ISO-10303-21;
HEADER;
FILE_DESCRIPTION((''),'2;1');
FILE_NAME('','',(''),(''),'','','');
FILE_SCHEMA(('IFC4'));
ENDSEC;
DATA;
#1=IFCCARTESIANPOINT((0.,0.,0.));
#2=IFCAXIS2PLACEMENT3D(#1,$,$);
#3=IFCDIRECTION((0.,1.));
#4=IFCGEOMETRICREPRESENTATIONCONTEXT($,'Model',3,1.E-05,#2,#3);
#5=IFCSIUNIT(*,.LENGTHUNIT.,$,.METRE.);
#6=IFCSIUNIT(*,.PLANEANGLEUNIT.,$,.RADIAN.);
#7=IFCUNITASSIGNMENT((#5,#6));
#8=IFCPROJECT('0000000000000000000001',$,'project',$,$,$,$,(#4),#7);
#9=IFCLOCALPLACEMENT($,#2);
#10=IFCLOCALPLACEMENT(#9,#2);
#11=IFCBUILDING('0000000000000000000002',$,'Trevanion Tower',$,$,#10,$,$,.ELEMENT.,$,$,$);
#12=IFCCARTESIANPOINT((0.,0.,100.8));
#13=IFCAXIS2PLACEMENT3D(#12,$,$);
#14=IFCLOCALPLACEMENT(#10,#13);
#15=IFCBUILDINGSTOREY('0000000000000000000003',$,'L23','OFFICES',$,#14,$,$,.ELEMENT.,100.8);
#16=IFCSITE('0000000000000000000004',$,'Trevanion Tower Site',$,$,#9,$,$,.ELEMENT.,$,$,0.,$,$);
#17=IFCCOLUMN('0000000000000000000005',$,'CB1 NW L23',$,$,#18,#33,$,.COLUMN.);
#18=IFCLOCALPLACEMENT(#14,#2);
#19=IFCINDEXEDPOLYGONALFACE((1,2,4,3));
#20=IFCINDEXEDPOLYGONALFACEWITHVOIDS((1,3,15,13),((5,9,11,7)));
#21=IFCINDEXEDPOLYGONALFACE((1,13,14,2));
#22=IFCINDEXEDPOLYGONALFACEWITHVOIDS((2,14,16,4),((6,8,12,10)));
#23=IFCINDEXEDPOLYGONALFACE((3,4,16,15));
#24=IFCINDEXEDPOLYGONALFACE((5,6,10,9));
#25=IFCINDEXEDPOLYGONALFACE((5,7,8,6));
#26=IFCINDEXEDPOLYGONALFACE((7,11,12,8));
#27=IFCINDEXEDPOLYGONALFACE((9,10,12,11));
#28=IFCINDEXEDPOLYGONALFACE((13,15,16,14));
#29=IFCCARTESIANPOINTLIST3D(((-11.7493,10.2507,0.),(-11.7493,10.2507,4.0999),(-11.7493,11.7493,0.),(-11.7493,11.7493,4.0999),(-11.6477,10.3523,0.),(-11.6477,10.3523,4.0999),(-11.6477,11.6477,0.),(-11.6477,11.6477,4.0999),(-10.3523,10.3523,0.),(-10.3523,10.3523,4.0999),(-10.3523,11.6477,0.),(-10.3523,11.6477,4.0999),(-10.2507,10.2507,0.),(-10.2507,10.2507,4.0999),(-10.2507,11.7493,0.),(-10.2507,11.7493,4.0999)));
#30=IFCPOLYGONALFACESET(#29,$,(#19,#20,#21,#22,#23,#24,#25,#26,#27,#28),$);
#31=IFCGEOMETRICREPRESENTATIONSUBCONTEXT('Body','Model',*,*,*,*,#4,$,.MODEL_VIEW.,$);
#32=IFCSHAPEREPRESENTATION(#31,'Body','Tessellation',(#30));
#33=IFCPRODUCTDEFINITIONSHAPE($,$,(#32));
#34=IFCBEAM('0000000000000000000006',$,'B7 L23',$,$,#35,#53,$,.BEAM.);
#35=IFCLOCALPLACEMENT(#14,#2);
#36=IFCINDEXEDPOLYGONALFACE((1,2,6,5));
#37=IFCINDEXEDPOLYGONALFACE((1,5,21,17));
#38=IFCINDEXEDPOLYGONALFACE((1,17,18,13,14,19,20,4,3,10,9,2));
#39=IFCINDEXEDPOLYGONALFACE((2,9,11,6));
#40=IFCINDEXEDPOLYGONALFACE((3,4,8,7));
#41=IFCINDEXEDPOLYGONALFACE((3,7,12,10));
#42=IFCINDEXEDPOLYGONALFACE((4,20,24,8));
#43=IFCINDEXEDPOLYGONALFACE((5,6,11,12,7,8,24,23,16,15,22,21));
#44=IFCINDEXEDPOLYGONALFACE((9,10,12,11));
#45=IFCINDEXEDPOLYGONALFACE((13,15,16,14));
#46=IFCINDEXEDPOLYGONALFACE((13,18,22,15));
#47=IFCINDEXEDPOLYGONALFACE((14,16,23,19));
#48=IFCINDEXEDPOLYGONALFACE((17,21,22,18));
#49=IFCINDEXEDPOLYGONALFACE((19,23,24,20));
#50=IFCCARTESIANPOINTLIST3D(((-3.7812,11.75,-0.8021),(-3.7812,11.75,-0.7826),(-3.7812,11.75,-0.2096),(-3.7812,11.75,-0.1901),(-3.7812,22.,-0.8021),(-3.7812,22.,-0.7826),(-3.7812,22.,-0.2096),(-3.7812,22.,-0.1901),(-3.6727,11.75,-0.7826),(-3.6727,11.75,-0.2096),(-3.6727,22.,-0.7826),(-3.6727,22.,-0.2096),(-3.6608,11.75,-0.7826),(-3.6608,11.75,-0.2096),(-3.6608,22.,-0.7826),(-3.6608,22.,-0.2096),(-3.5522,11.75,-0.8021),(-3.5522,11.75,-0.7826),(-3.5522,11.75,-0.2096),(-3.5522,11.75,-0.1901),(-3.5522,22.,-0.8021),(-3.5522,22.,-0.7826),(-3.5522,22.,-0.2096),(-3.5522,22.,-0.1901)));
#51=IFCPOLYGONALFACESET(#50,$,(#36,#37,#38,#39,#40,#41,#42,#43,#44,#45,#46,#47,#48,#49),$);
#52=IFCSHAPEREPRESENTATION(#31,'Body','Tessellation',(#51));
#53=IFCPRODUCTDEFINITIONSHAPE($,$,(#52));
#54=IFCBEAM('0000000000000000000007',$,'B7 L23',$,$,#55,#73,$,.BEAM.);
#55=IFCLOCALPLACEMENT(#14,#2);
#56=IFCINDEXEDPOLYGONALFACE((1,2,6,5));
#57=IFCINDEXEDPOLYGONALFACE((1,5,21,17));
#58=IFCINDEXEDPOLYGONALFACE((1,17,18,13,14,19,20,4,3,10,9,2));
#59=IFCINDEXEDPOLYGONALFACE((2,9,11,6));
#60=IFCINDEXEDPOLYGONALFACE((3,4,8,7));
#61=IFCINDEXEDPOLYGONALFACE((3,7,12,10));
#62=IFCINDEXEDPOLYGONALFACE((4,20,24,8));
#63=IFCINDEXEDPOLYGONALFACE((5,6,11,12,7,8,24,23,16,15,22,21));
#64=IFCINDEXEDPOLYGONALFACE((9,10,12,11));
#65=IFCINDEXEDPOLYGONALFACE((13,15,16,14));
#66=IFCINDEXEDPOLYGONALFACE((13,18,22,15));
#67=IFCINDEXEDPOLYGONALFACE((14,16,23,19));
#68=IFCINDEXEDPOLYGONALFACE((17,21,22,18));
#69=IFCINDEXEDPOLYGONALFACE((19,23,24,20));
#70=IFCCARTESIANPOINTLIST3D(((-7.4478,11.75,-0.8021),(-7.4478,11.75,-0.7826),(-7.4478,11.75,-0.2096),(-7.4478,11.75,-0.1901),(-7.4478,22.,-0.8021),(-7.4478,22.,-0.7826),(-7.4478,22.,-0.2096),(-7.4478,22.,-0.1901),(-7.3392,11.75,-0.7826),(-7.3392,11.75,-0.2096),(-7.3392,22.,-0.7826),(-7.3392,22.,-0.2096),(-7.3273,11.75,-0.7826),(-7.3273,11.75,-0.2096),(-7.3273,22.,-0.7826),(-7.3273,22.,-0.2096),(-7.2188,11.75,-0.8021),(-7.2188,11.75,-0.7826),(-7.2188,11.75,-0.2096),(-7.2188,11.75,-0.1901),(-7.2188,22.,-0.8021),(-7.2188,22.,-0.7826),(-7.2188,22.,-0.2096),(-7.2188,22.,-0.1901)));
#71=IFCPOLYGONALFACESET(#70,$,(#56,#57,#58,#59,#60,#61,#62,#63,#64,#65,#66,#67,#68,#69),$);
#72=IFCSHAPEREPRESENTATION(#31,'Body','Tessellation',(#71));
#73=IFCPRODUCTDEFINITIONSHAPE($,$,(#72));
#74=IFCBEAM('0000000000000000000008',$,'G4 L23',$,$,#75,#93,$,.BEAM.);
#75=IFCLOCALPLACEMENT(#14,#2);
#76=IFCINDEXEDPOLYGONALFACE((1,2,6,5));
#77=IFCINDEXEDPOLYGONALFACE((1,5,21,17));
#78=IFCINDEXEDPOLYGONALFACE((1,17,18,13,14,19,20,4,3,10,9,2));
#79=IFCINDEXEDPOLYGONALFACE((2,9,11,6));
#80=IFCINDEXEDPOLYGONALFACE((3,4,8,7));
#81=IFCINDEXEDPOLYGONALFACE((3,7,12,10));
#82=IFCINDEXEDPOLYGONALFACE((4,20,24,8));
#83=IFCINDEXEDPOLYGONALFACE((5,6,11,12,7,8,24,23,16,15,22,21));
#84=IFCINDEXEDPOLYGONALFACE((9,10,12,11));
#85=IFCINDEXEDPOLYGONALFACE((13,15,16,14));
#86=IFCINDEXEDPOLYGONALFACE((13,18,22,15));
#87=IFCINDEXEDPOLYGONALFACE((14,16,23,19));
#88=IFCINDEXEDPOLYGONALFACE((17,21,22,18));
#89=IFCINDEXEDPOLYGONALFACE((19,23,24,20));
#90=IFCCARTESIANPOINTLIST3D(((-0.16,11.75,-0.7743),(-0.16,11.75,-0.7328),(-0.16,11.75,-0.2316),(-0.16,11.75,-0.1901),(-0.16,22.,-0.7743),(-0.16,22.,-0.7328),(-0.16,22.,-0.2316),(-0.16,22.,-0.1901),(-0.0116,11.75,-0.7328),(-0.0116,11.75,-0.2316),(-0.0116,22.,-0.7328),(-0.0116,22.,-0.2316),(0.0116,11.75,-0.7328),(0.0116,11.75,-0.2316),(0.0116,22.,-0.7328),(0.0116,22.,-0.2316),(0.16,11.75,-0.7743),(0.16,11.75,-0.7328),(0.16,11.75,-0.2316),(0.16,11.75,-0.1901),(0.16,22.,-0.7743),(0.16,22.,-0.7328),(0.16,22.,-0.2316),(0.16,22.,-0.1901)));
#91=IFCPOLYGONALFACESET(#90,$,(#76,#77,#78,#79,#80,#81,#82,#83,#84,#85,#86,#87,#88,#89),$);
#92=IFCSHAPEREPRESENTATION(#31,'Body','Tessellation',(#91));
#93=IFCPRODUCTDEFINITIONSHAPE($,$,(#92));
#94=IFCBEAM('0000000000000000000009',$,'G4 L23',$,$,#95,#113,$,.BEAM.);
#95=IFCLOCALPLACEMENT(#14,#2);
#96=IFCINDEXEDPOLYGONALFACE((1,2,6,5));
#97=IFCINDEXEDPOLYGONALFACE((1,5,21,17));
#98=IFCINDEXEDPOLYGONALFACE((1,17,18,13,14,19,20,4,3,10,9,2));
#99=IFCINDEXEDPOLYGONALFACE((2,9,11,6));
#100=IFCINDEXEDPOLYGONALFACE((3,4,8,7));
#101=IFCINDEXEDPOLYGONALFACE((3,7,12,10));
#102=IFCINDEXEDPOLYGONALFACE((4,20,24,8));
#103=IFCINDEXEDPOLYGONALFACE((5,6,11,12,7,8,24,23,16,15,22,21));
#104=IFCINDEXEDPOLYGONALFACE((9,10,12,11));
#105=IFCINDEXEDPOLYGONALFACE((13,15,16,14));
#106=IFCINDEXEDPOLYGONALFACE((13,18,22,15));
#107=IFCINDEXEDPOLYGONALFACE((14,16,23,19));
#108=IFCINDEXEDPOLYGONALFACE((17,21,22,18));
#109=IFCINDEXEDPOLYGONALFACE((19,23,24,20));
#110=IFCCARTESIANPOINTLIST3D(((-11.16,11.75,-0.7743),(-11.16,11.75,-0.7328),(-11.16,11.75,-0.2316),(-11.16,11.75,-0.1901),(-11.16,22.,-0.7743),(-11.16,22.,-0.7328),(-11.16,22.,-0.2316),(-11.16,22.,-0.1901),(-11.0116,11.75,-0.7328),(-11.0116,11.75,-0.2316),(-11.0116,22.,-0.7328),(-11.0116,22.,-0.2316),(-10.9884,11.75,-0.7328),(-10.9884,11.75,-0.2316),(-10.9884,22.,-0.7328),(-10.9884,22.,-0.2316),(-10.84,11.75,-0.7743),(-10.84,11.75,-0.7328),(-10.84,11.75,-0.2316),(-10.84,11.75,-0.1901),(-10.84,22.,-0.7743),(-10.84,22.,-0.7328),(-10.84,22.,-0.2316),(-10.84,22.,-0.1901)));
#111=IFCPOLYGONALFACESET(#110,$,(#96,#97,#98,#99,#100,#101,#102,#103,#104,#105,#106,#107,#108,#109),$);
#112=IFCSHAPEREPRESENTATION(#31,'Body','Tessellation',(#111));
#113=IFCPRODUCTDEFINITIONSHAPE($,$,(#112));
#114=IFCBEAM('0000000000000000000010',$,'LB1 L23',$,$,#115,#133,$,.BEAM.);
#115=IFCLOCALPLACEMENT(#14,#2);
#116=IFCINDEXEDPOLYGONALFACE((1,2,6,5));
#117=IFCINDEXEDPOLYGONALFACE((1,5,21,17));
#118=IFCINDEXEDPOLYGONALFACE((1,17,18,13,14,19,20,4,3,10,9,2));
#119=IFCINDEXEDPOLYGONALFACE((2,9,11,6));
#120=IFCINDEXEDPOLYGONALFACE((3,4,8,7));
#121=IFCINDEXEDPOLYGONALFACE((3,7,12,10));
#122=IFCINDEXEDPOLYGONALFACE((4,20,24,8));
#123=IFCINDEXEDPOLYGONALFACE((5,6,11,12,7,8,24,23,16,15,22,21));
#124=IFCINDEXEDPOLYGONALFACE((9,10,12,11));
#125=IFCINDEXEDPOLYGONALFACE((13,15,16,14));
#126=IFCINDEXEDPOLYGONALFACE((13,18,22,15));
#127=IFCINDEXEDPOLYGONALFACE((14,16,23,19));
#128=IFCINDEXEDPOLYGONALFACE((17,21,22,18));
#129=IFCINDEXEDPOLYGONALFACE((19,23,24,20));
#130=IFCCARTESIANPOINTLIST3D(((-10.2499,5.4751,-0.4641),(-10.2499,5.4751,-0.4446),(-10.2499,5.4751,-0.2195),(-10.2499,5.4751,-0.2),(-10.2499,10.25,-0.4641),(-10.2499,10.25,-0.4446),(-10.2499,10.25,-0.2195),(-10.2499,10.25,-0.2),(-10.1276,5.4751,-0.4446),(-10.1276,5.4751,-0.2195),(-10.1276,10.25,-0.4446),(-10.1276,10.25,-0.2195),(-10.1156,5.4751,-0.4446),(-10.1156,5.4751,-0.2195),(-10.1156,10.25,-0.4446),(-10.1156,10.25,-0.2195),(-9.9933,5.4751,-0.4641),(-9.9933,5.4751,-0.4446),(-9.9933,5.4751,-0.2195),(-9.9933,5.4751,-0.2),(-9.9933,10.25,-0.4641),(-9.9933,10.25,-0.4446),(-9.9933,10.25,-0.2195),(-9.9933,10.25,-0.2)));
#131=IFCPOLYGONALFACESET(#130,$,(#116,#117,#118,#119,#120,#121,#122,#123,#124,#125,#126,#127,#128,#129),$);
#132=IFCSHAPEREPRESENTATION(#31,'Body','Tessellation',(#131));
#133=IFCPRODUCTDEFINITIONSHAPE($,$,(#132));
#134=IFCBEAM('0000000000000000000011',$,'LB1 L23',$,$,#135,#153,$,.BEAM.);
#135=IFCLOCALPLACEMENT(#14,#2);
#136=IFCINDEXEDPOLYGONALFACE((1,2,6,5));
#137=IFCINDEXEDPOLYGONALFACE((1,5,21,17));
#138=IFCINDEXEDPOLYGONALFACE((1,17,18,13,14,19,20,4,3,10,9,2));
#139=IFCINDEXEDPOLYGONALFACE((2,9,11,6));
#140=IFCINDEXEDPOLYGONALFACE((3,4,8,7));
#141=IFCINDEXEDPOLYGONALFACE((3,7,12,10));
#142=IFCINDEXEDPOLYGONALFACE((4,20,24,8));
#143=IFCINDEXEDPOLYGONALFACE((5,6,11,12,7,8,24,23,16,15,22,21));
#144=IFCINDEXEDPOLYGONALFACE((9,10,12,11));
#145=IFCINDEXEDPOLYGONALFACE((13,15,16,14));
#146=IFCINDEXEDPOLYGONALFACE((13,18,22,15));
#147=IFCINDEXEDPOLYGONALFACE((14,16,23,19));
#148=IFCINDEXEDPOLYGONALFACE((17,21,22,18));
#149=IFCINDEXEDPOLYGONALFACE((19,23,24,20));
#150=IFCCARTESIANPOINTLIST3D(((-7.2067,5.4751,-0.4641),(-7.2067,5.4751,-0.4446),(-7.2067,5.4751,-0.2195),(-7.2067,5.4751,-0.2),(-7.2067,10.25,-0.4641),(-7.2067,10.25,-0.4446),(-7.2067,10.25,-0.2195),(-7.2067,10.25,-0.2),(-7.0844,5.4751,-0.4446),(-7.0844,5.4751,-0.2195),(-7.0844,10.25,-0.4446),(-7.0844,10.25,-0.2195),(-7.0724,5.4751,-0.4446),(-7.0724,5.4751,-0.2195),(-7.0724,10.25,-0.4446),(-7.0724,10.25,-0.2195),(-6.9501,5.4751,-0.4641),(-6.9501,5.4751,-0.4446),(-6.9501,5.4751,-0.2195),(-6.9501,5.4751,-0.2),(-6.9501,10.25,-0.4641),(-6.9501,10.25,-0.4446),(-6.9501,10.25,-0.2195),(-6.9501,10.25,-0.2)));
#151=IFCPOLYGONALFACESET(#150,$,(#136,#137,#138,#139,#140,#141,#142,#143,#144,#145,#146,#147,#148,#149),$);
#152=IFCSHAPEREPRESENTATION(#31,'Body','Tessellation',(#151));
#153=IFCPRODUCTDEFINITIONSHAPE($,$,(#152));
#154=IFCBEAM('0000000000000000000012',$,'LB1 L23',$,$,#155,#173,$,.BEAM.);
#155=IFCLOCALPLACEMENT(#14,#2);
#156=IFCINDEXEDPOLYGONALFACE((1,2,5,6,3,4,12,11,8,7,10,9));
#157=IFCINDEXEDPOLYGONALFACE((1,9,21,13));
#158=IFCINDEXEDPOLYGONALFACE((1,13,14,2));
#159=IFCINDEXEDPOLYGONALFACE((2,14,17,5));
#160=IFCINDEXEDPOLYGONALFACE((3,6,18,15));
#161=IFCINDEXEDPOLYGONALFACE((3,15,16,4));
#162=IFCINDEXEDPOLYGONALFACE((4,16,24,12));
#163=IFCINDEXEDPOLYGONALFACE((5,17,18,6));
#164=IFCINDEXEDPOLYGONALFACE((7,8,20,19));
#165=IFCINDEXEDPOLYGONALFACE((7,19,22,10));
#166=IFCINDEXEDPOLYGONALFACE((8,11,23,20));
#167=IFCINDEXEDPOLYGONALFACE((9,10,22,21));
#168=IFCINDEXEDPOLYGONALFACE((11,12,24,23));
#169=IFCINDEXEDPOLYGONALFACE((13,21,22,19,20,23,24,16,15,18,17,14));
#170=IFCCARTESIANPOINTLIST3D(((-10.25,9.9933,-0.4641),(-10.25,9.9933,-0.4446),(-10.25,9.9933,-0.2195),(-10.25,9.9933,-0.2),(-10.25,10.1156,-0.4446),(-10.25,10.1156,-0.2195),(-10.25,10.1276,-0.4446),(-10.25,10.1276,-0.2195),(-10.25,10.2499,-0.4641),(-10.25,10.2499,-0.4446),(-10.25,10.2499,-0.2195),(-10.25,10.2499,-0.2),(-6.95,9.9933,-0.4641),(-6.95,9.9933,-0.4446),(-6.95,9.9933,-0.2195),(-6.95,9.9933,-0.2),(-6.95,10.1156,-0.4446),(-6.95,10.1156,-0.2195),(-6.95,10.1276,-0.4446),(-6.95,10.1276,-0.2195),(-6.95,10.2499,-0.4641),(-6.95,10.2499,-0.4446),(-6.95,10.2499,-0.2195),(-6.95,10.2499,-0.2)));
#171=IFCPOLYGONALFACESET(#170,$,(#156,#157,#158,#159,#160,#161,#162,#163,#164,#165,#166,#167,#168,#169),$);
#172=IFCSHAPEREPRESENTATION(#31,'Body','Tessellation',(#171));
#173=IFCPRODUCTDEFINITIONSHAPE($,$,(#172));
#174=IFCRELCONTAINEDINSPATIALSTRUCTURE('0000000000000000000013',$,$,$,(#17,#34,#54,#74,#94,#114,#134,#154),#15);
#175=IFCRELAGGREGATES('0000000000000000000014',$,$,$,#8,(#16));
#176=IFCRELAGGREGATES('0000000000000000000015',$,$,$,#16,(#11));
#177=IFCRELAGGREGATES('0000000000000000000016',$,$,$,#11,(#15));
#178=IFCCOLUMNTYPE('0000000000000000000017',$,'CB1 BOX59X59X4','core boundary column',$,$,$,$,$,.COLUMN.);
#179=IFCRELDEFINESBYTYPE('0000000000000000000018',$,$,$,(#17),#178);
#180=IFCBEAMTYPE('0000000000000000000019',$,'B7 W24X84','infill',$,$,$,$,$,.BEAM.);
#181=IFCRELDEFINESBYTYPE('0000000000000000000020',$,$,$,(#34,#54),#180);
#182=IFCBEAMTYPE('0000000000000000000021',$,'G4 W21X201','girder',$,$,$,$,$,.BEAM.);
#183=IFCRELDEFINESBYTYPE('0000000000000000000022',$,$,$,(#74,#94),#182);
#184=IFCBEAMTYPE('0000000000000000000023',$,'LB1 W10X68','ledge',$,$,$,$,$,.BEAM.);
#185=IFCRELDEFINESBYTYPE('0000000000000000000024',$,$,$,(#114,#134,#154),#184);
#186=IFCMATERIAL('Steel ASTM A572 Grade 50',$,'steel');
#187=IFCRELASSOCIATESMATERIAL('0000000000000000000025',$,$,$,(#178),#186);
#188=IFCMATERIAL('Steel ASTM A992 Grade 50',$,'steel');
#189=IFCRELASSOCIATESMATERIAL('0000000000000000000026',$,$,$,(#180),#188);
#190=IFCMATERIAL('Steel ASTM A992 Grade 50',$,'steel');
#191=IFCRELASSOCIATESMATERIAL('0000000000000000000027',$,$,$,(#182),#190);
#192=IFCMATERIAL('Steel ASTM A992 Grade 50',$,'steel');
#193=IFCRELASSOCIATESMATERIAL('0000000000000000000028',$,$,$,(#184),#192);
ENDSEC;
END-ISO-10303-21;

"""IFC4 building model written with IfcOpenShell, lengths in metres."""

from ifc_helpers import new_model, si_unit, direction, frame, origin, origin_2d, place, context, subcontext, project, spatial, hollow_rectangle, i_section, extrude, material, material_profile, profile_set, type_object, element, save


model = new_model("IFC4")

# Units and contexts
model_context = context("Model", 3, precision=1e-05, world=origin(), true_north=direction((0.0, 1.0)))
body_context = subcontext(model_context, "Body", "Model", "MODEL_VIEW")
ifc_project = project(units=[si_unit("LENGTHUNIT", "METRE"), si_unit("PLANEANGLEUNIT", "RADIAN")], contexts=[model_context])

# Site, building, storey
site_placement = place(None, origin())
site = spatial("IfcSite", under=ifc_project, at=site_placement, Name="Trevanion Tower Site", CompositionType="ELEMENT", RefElevation=0.0)
building_placement = place(site_placement, origin())
building = spatial("IfcBuilding", under=site, at=building_placement, Name="Trevanion Tower", CompositionType="ELEMENT")
storey_placement = place(building_placement, frame((0.0, 0.0, 100.8)))
storey = spatial("IfcBuildingStorey", under=building, at=storey_placement, Name="L23", Description="OFFICES", CompositionType="ELEMENT", Elevation=100.8)

# Column
ifc_material_1 = material(Name="Steel ASTM A572 Grade 50", Category="steel")
ifc_material_profile_1 = material_profile(ifc_material_1, hollow_rectangle(XDim=1.4985, YDim=1.4985, WallThickness=0.1016, at=origin_2d()), Name="BOX59X59X4")
ifc_profile_set_1 = profile_set([ifc_material_profile_1], Name="Steel ASTM A572 Grade 50")
column_type = type_object("IfcColumnType", Name="CB1 BOX59X59X4", Description="core boundary column", PredefinedType="COLUMN", material=ifc_profile_set_1)
column_placement = place(storey_placement, frame((-11.0, 11.0, 0.0), z_axis=(0.0, 0.0, 1.0), x_axis=(1.0, 0.0, 0.0)))
element("IfcColumn", 1, at=column_placement, inside=storey, type_object=column_type, Name="CB1 NW L23", PredefinedType="COLUMN", context=body_context, shape_type="SweptSolid", body=[
    extrude(hollow_rectangle(XDim=1.4985, YDim=1.4985, WallThickness=0.1016, at=origin_2d()), origin(), (0.0, 0.0, 1.0), 4.0999),
])

# Beams
ifc_material_2 = material(Name="Steel ASTM A992 Grade 50", Category="steel")
ifc_material_profile_2 = material_profile(ifc_material_2, i_section(OverallWidth=0.229, OverallDepth=0.6121, WebThickness=0.012, FlangeThickness=0.0195, at=origin_2d()), Name="W24X84")
ifc_profile_set_2 = profile_set([ifc_material_profile_2], Name="Steel ASTM A992 Grade 50")
beam_type_1 = type_object("IfcBeamType", Name="B7 W24X84", Description="infill", PredefinedType="BEAM", material=ifc_profile_set_2)
for number, where, z_axis, x_axis, name in (
    (2, (-3.6667, 11.75, -0.4961), (0.0, 1.0, 0.0), (-1.0, 0.0, 0.0), "B7 L23"),
    (3, (-7.3333, 11.75, -0.4961), (0.0, 1.0, 0.0), (-1.0, 0.0, 0.0), "B7 L23"),
):
    element("IfcBeam", number, at=place(storey_placement, frame(where, z_axis=z_axis, x_axis=x_axis)), inside=storey, type_object=beam_type_1, Name=name, PredefinedType="BEAM", context=body_context, shape_type="SweptSolid", body=[
        extrude(i_section(OverallWidth=0.229, OverallDepth=0.6121, WebThickness=0.012, FlangeThickness=0.0195, at=origin_2d()), origin(), (0.0, 0.0, 1.0), 10.25),
    ])
ifc_material_3 = material(Name="Steel ASTM A992 Grade 50", Category="steel")
ifc_material_profile_3 = material_profile(ifc_material_3, i_section(OverallWidth=0.3201, OverallDepth=0.5842, WebThickness=0.0232, FlangeThickness=0.0415, at=origin_2d()), Name="W21X201")
ifc_profile_set_3 = profile_set([ifc_material_profile_3], Name="Steel ASTM A992 Grade 50")
beam_type_2 = type_object("IfcBeamType", Name="G4 W21X201", Description="girder", PredefinedType="BEAM", material=ifc_profile_set_3)
for number, where, z_axis, x_axis, name in (
    (4, (0.0, 11.75, -0.4822), (0.0, 1.0, 0.0), (-1.0, 0.0, 0.0), "G4 L23"),
    (5, (-11.0, 11.75, -0.4822), (0.0, 1.0, 0.0), (-1.0, 0.0, 0.0), "G4 L23"),
):
    element("IfcBeam", number, at=place(storey_placement, frame(where, z_axis=z_axis, x_axis=x_axis)), inside=storey, type_object=beam_type_2, Name=name, PredefinedType="BEAM", context=body_context, shape_type="SweptSolid", body=[
        extrude(i_section(OverallWidth=0.3201, OverallDepth=0.5842, WebThickness=0.0232, FlangeThickness=0.0415, at=origin_2d()), origin(), (0.0, 0.0, 1.0), 10.25),
    ])
ifc_material_4 = material(Name="Steel ASTM A992 Grade 50", Category="steel")
ifc_material_profile_4 = material_profile(ifc_material_4, i_section(OverallWidth=0.2566, OverallDepth=0.2642, WebThickness=0.012, FlangeThickness=0.0195, at=origin_2d()), Name="W10X68")
ifc_profile_set_4 = profile_set([ifc_material_profile_4], Name="Steel ASTM A992 Grade 50")
beam_type_3 = type_object("IfcBeamType", Name="LB1 W10X68", Description="ledge", PredefinedType="BEAM", material=ifc_profile_set_4)
for number, where, z_axis, x_axis, name in (
    (6, (-10.1216, 5.4751, -0.332), (0.0, 1.0, 0.0), (-1.0, 0.0, 0.0), "LB1 L23"),
    (7, (-7.0784, 5.4751, -0.332), (0.0, 1.0, 0.0), (-1.0, 0.0, 0.0), "LB1 L23"),
):
    element("IfcBeam", number, at=place(storey_placement, frame(where, z_axis=z_axis, x_axis=x_axis)), inside=storey, type_object=beam_type_3, Name=name, PredefinedType="BEAM", context=body_context, shape_type="SweptSolid", body=[
        extrude(i_section(OverallWidth=0.2566, OverallDepth=0.2642, WebThickness=0.012, FlangeThickness=0.0195, at=origin_2d()), origin(), (0.0, 0.0, 1.0), 4.7749),
    ])
beam_1_placement = place(storey_placement, frame((-10.25, 10.1216, -0.332), z_axis=(1.0, 0.0, 0.0), x_axis=(0.0, 1.0, 0.0)))
element("IfcBeam", 8, at=beam_1_placement, inside=storey, type_object=beam_type_3, Name="LB1 L23", PredefinedType="BEAM", context=body_context, shape_type="SweptSolid", body=[
    extrude(i_section(OverallWidth=0.2566, OverallDepth=0.2642, WebThickness=0.012, FlangeThickness=0.0195, at=origin_2d()), origin(), (0.0, 0.0, 1.0), 3.3),
])

save(model, "model.ifc")
